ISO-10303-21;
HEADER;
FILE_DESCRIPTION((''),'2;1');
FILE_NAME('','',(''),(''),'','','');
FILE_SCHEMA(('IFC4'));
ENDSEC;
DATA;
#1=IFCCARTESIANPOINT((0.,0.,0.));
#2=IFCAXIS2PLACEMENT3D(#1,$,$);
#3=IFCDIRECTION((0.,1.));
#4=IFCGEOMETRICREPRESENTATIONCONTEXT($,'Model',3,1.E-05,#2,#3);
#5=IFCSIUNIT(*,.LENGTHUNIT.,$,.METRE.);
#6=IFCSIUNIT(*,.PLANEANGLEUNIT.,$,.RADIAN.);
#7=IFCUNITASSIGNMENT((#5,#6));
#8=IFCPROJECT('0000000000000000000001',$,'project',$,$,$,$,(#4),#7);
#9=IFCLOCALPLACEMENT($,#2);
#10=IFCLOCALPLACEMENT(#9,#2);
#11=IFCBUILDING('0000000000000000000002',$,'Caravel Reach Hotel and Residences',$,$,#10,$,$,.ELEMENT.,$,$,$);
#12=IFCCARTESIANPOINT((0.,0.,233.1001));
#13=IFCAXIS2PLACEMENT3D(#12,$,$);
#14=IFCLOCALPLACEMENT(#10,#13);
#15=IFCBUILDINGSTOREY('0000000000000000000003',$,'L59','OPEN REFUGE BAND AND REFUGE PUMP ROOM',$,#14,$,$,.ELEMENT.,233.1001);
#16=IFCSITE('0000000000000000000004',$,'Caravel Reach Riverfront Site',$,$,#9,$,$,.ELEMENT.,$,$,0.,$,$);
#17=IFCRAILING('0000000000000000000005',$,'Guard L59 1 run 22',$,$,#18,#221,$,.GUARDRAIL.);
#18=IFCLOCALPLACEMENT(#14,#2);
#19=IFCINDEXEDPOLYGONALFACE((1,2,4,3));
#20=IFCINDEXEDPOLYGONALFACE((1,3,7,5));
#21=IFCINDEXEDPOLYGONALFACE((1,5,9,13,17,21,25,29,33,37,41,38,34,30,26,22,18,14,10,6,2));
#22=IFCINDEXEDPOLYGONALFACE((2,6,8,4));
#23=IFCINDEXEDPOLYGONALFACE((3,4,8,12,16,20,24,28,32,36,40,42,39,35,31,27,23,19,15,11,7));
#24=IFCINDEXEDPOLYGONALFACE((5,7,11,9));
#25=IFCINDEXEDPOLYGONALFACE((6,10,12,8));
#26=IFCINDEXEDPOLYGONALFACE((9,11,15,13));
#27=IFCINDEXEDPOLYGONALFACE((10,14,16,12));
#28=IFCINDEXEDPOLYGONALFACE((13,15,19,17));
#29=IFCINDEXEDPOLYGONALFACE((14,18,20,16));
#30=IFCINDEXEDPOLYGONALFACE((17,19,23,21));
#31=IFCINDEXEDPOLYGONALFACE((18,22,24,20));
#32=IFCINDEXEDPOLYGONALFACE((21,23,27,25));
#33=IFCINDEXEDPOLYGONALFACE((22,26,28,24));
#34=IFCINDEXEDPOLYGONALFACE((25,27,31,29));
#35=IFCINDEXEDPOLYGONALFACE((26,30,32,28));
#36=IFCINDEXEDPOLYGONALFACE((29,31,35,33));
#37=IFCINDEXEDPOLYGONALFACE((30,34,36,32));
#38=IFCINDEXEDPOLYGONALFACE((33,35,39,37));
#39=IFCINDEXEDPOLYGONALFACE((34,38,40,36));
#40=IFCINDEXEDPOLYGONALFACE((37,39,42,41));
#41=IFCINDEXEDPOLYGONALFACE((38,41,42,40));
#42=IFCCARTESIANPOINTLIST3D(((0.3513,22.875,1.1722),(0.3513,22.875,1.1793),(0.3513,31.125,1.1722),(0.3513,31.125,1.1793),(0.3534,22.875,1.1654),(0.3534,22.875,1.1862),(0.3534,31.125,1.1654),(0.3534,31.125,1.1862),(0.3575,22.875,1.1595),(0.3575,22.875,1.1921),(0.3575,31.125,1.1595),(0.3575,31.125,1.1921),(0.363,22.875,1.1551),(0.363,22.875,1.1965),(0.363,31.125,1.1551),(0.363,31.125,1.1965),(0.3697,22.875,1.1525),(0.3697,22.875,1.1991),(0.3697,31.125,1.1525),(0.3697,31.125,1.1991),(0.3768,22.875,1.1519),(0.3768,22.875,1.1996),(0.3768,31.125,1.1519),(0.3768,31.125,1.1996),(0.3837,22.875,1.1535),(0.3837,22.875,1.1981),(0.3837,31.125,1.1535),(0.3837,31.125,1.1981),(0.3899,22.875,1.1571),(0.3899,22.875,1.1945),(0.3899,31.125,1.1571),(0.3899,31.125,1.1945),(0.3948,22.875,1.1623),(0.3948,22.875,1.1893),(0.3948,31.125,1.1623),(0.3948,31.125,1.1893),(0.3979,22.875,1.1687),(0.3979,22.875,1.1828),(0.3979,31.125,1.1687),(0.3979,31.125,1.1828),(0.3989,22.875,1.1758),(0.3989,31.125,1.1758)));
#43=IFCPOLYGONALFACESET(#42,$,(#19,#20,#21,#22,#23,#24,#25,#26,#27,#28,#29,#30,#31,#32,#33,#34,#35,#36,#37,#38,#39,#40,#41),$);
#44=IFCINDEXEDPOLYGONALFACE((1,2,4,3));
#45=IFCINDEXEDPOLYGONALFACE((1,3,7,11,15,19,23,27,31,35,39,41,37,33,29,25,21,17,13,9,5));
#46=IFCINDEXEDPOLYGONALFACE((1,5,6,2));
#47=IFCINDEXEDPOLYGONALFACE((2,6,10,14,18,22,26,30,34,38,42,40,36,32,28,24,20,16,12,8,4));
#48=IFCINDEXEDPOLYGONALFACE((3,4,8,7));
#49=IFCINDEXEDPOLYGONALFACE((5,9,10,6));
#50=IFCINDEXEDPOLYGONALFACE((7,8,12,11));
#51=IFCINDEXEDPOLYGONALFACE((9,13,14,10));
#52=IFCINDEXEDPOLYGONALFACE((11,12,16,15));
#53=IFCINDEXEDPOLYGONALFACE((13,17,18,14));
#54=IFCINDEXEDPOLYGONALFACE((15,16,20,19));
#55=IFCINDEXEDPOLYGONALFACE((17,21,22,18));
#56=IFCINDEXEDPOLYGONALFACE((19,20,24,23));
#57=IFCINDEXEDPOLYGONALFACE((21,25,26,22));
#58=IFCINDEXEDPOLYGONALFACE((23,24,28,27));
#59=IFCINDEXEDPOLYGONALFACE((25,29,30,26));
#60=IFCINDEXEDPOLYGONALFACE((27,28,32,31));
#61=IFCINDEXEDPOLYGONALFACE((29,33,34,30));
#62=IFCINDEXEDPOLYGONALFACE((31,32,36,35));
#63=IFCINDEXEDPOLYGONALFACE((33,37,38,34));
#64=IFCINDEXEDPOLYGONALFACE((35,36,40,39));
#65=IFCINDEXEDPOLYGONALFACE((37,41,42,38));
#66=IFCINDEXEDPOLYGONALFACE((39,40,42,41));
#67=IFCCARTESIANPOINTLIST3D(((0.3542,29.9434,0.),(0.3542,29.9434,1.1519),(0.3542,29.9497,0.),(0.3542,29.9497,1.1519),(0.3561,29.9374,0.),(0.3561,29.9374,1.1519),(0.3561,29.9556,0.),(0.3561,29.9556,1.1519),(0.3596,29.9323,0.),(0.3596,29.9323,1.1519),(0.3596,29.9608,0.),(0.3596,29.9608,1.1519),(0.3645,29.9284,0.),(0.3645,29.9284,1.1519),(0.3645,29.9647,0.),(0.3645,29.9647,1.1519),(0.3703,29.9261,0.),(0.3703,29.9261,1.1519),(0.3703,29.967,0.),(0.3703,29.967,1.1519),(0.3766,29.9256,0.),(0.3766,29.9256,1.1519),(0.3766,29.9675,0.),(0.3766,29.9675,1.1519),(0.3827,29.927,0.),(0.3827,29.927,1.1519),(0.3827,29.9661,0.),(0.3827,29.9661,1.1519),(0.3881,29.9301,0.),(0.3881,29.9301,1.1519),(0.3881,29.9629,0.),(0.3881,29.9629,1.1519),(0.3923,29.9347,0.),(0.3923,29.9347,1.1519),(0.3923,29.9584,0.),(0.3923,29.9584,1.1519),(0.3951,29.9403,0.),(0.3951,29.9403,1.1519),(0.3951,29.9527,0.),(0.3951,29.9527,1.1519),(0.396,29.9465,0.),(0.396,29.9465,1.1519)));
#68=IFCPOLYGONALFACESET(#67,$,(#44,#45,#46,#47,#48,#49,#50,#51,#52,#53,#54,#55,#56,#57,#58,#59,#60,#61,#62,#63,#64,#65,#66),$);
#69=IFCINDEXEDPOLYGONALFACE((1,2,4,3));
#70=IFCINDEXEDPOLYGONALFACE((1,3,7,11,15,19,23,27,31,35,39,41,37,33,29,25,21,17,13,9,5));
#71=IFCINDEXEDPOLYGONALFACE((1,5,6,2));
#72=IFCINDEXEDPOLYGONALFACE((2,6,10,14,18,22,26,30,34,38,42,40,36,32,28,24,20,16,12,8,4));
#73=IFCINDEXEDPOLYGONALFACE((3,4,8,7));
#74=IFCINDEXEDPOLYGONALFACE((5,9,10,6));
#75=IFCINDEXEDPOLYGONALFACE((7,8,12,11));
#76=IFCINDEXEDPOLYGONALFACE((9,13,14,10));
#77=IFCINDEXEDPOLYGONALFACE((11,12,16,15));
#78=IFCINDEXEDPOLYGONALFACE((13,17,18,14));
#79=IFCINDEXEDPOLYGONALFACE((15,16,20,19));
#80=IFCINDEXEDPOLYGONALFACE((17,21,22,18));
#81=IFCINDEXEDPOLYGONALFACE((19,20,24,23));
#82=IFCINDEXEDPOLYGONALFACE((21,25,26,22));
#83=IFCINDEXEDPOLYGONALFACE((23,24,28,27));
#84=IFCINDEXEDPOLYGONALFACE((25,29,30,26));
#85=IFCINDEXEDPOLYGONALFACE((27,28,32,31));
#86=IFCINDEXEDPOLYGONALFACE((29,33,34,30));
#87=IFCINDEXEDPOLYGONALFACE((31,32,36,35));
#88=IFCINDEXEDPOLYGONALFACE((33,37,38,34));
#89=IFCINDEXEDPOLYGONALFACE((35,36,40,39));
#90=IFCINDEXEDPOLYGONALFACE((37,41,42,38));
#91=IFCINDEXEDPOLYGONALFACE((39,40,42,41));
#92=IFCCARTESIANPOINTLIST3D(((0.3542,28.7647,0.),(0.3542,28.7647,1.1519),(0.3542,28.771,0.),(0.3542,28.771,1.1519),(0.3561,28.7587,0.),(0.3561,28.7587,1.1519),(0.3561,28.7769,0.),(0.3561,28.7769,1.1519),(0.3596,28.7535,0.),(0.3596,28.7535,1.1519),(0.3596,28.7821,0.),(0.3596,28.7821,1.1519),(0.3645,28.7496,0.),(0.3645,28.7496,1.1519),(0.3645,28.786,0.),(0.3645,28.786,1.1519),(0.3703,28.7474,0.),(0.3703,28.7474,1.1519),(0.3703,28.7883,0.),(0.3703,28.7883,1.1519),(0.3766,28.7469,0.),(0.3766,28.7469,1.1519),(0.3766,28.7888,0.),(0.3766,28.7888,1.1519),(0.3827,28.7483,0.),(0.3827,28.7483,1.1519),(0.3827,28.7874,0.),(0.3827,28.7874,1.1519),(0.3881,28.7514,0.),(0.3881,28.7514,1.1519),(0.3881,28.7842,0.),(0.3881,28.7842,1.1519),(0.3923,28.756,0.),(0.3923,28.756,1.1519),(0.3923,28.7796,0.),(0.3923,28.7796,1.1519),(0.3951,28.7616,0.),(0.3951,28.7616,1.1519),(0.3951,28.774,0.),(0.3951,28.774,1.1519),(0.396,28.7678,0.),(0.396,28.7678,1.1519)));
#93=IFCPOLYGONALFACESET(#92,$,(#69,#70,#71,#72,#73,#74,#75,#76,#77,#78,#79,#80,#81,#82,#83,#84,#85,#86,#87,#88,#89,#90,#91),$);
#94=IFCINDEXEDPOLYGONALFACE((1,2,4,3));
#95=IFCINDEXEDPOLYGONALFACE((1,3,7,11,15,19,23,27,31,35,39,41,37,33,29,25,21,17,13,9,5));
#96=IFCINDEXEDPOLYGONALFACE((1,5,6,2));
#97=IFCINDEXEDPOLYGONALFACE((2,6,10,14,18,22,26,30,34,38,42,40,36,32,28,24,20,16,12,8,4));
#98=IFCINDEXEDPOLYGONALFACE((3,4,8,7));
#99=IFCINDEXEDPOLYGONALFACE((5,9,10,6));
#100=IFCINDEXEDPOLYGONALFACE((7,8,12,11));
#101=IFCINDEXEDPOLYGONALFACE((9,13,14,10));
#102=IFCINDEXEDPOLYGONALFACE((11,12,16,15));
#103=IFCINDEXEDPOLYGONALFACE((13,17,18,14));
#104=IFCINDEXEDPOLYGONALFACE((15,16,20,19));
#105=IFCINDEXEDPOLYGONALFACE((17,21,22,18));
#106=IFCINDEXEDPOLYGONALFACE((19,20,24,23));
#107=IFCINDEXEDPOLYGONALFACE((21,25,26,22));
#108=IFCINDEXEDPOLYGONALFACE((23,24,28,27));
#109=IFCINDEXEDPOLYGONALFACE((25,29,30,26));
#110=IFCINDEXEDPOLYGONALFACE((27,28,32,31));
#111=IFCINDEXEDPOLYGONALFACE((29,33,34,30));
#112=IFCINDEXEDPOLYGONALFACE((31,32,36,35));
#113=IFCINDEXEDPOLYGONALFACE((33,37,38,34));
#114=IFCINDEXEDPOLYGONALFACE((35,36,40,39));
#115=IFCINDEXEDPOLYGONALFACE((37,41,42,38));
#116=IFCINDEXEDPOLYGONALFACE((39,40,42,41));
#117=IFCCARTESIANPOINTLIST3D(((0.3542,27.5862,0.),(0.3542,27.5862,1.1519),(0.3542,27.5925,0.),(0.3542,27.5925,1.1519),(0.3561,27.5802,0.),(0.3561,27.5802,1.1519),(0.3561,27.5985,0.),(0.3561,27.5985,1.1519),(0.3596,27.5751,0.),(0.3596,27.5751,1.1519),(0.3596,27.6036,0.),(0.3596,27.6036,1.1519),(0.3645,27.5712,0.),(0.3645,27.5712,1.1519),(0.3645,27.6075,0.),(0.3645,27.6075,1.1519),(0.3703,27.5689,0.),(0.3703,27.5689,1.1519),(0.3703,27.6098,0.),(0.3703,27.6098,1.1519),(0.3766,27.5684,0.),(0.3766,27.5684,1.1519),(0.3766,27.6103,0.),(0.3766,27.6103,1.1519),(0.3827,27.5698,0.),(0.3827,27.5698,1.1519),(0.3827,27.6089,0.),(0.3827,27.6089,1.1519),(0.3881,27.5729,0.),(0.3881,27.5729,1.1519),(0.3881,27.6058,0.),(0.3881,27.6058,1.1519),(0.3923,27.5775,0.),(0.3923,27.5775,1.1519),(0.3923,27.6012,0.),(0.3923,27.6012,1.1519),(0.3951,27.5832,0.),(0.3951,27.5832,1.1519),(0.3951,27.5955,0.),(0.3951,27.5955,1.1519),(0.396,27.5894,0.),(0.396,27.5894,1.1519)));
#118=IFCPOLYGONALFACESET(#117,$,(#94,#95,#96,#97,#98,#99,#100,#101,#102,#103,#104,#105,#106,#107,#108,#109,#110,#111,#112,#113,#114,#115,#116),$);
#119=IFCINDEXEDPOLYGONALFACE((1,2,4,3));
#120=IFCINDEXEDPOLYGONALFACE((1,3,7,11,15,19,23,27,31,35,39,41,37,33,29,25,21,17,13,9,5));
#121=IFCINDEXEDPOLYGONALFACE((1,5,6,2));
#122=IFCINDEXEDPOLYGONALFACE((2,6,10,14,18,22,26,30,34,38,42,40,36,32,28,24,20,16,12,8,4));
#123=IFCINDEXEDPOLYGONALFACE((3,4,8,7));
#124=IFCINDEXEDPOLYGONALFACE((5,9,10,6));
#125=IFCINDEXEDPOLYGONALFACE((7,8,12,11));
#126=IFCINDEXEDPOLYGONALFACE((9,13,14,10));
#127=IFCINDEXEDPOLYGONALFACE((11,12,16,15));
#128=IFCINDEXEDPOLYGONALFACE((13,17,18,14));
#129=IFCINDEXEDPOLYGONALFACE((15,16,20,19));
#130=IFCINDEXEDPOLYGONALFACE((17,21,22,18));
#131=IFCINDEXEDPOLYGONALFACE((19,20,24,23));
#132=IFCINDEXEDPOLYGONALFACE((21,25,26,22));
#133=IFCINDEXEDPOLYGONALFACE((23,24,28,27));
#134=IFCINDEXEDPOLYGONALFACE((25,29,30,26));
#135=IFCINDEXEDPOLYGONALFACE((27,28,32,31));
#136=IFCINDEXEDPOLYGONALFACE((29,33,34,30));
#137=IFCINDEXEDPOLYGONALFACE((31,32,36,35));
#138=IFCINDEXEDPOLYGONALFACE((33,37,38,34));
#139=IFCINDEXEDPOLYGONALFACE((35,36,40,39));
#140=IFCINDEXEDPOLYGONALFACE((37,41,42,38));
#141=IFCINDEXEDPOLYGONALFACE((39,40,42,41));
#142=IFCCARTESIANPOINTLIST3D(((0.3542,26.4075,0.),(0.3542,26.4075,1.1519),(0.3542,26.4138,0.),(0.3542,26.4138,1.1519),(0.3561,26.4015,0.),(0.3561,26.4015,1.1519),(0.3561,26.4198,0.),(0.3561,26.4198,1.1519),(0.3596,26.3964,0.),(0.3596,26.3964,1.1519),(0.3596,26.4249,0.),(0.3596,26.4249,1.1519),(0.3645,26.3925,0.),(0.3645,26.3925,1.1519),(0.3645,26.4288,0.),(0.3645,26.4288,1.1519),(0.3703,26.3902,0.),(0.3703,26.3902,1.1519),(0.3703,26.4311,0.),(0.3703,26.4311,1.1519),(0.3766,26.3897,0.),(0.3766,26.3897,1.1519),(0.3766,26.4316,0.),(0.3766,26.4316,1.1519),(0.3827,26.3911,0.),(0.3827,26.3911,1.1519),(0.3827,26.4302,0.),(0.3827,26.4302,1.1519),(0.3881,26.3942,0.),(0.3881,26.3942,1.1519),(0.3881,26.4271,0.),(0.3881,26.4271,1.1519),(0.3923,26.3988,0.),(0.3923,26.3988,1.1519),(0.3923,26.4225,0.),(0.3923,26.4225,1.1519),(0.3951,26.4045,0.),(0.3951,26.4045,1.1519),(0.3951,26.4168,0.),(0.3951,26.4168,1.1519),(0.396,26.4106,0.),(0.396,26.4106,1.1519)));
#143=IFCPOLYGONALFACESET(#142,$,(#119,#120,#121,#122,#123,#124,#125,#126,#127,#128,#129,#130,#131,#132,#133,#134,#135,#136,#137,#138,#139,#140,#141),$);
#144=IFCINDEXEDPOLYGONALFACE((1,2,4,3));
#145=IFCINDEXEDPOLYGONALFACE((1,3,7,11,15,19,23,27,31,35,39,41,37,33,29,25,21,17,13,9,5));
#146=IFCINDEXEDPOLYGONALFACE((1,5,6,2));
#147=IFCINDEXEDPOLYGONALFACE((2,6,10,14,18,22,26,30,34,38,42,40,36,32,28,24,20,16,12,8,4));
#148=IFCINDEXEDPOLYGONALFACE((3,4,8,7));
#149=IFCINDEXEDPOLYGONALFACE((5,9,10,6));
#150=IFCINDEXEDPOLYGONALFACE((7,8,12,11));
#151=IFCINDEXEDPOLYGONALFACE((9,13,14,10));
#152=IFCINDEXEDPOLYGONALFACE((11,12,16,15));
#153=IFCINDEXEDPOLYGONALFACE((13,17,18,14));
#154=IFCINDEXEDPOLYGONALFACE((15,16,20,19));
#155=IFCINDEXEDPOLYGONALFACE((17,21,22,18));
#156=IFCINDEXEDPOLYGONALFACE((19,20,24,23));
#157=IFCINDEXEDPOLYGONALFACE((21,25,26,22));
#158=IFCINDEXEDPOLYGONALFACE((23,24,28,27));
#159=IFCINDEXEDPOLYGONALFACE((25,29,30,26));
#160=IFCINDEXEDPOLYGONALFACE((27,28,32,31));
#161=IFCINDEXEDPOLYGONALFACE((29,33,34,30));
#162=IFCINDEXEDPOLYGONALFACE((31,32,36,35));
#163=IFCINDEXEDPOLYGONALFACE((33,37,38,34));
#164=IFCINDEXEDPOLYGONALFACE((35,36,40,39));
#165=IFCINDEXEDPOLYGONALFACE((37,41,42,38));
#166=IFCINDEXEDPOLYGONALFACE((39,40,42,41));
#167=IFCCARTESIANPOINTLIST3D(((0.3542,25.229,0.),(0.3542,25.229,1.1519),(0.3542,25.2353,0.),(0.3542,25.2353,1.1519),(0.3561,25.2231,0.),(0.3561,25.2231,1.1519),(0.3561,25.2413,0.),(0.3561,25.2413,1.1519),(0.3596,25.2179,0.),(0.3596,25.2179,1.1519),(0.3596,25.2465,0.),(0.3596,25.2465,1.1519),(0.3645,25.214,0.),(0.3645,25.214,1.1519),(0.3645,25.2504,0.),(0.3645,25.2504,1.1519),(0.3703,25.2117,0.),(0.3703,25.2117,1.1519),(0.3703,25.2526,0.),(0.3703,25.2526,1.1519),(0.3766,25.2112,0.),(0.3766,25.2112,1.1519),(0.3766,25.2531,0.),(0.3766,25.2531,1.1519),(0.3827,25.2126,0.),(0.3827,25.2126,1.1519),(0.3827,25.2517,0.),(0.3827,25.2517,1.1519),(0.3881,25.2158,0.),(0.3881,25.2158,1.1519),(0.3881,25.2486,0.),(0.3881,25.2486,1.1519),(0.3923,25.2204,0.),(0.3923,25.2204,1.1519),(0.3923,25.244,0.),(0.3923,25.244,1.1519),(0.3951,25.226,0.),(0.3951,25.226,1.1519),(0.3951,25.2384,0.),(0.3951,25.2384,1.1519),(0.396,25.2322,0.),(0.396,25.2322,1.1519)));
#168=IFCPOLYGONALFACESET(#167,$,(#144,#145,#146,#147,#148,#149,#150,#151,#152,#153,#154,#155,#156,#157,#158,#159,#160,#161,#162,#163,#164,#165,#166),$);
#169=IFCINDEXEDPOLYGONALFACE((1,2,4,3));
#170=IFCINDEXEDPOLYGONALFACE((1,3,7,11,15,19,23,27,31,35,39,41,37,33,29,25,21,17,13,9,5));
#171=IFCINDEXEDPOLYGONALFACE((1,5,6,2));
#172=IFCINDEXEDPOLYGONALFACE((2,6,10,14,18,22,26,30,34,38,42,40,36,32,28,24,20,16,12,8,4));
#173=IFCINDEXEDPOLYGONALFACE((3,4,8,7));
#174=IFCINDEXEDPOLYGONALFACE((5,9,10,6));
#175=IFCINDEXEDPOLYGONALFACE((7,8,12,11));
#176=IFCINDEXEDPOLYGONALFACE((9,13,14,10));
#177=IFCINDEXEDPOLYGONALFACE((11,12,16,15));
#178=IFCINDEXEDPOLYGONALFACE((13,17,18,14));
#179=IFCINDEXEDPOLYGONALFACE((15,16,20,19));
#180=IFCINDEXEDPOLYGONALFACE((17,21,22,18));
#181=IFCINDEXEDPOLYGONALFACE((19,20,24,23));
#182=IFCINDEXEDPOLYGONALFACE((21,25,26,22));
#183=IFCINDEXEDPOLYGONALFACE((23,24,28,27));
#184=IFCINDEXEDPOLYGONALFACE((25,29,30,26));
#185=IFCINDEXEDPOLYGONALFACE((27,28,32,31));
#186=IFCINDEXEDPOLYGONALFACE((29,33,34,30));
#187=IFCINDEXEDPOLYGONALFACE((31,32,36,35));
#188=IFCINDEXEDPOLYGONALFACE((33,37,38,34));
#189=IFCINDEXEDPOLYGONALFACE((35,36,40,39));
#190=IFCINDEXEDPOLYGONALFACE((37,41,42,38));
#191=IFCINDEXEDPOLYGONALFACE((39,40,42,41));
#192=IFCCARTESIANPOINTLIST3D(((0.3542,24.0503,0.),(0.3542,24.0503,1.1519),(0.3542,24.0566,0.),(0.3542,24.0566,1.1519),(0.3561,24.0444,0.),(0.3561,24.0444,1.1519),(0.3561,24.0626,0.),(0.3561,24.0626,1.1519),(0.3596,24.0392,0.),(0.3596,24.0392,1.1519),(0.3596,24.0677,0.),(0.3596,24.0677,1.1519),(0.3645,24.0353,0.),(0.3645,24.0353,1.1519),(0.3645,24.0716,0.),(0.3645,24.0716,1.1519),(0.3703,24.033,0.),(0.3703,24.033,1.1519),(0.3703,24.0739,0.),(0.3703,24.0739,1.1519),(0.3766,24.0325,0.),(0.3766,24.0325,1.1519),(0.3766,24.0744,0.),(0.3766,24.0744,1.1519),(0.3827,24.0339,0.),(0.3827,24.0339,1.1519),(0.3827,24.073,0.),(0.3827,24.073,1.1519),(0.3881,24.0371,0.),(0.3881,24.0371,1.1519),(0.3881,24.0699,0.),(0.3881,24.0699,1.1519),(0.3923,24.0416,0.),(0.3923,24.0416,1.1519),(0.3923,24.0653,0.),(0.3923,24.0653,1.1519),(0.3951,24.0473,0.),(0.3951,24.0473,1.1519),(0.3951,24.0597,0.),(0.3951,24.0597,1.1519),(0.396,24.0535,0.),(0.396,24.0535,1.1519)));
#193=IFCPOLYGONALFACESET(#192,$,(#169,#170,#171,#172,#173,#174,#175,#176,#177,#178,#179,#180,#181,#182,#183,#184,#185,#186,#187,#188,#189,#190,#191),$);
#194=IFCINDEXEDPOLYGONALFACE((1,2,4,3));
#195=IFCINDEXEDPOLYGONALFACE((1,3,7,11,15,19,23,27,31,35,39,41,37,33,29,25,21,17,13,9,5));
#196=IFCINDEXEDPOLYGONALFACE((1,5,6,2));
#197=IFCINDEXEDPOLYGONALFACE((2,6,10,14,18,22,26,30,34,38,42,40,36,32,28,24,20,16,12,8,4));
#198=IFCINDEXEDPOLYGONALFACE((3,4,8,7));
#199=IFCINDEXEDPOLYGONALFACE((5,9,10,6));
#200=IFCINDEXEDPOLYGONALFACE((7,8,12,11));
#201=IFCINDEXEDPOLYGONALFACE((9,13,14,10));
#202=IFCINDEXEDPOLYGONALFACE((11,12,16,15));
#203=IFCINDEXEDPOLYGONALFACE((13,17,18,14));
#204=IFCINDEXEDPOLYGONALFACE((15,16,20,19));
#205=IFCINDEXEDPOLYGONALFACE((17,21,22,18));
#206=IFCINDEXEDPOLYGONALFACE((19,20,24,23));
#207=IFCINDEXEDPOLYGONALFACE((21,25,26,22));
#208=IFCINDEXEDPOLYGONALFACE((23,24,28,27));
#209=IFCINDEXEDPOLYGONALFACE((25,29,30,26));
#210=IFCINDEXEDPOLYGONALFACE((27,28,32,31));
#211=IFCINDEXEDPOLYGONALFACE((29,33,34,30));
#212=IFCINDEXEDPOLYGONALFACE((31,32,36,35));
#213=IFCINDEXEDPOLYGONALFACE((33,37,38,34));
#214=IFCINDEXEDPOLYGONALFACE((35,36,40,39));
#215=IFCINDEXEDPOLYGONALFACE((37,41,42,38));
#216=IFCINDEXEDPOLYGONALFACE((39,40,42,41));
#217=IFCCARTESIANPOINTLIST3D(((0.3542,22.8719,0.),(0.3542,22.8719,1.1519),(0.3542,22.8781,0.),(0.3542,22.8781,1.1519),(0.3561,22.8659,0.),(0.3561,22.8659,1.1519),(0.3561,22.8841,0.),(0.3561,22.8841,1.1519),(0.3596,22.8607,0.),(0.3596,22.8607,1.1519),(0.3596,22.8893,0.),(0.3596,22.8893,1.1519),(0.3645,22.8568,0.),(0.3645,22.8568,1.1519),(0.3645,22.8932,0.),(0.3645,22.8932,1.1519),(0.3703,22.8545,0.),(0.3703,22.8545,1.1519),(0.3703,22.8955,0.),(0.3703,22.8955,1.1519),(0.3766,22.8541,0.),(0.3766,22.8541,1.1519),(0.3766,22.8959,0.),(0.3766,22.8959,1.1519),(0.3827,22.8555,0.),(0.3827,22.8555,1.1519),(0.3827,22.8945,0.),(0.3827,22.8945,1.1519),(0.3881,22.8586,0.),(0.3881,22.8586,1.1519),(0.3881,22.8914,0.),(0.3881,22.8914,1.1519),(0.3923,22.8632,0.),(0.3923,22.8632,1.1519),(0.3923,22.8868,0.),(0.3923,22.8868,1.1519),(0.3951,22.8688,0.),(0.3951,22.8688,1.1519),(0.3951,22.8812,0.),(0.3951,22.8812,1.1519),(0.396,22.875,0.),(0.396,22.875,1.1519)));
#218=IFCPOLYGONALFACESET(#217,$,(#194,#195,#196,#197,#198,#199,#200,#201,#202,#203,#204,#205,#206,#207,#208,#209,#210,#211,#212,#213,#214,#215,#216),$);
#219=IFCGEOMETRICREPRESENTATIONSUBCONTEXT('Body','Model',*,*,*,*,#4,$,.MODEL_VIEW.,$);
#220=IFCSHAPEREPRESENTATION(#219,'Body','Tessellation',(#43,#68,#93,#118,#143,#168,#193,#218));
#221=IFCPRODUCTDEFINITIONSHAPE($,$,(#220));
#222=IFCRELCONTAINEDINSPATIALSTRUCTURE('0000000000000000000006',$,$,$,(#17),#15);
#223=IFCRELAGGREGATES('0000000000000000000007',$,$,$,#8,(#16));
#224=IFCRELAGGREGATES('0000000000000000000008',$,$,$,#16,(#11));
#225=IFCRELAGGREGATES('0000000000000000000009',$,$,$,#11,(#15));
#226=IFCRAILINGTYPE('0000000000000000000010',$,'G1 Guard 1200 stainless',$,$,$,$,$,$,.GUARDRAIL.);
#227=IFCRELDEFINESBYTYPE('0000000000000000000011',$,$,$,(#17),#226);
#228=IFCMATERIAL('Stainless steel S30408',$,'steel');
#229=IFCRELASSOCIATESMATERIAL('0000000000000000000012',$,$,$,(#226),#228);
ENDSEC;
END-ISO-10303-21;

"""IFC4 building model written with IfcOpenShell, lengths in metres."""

from ifc_helpers import new_model, si_unit, direction, frame, origin, origin_2d, place, context, subcontext, project, spatial, circle, extrude, material, type_object, element, save


model = new_model("IFC4")

# Units and contexts
model_context = context("Model", 3, precision=1e-05, world=origin(), true_north=direction((0.0, 1.0)))
body_context = subcontext(model_context, "Body", "Model", "MODEL_VIEW")
ifc_project = project(units=[si_unit("LENGTHUNIT", "METRE"), si_unit("PLANEANGLEUNIT", "RADIAN")], contexts=[model_context])

# Site, building, storey
site_placement = place(None, origin())
site = spatial("IfcSite", under=ifc_project, at=site_placement, Name="Caravel Reach Riverfront Site", CompositionType="ELEMENT", RefElevation=0.0)
building_placement = place(site_placement, origin())
building = spatial("IfcBuilding", under=site, at=building_placement, Name="Caravel Reach Hotel and Residences", CompositionType="ELEMENT")
storey_placement = place(building_placement, frame((0.0, 0.0, 233.1001)))
storey = spatial("IfcBuildingStorey", under=building, at=storey_placement, Name="L59", Description="OPEN REFUGE BAND AND REFUGE PUMP ROOM", CompositionType="ELEMENT", Elevation=233.1001)

# Railing
ifc_material_1 = material(Name="Stainless steel S30408", Category="steel")
railing_type = type_object("IfcRailingType", Name="G1 Guard 1200 stainless", PredefinedType="GUARDRAIL", material=ifc_material_1)
railing_1_placement = place(storey_placement, frame((0.375, 31.125, 0.0)))
element("IfcRailing", 1, at=railing_1_placement, inside=storey, type_object=railing_type, Name="Guard L59 1 run 22", PredefinedType="GUARDRAIL", context=body_context, shape_type="SweptSolid", body=[
    extrude(circle(Radius=0.0239, at=origin_2d()), frame((0.0, 0.0, 1.1758), z_axis=(0.0, -1.0, 0.0), x_axis=(1.0, 0.0, 0.0)), (0.0, 0.0, 1.0), 8.25),
    extrude(circle(Radius=0.021, at=origin_2d()), frame((0.0, -1.1785, 0.0)), (0.0, 0.0, 1.0), 1.1519),
    extrude(circle(Radius=0.021, at=origin_2d()), frame((0.0, -2.3572, 0.0)), (0.0, 0.0, 1.0), 1.1519),
    extrude(circle(Radius=0.021, at=origin_2d()), frame((0.0, -3.5356, 0.0)), (0.0, 0.0, 1.0), 1.1519),
    extrude(circle(Radius=0.021, at=origin_2d()), frame((0.0, -4.7144, 0.0)), (0.0, 0.0, 1.0), 1.1519),
    extrude(circle(Radius=0.021, at=origin_2d()), frame((0.0, -5.8928, 0.0)), (0.0, 0.0, 1.0), 1.1519),
    extrude(circle(Radius=0.021, at=origin_2d()), frame((0.0, -7.0715, 0.0)), (0.0, 0.0, 1.0), 1.1519),
    extrude(circle(Radius=0.021, at=origin_2d()), frame((0.0, -8.25, 0.0)), (0.0, 0.0, 1.0), 1.1519),
])

save(model, "model.ifc")
